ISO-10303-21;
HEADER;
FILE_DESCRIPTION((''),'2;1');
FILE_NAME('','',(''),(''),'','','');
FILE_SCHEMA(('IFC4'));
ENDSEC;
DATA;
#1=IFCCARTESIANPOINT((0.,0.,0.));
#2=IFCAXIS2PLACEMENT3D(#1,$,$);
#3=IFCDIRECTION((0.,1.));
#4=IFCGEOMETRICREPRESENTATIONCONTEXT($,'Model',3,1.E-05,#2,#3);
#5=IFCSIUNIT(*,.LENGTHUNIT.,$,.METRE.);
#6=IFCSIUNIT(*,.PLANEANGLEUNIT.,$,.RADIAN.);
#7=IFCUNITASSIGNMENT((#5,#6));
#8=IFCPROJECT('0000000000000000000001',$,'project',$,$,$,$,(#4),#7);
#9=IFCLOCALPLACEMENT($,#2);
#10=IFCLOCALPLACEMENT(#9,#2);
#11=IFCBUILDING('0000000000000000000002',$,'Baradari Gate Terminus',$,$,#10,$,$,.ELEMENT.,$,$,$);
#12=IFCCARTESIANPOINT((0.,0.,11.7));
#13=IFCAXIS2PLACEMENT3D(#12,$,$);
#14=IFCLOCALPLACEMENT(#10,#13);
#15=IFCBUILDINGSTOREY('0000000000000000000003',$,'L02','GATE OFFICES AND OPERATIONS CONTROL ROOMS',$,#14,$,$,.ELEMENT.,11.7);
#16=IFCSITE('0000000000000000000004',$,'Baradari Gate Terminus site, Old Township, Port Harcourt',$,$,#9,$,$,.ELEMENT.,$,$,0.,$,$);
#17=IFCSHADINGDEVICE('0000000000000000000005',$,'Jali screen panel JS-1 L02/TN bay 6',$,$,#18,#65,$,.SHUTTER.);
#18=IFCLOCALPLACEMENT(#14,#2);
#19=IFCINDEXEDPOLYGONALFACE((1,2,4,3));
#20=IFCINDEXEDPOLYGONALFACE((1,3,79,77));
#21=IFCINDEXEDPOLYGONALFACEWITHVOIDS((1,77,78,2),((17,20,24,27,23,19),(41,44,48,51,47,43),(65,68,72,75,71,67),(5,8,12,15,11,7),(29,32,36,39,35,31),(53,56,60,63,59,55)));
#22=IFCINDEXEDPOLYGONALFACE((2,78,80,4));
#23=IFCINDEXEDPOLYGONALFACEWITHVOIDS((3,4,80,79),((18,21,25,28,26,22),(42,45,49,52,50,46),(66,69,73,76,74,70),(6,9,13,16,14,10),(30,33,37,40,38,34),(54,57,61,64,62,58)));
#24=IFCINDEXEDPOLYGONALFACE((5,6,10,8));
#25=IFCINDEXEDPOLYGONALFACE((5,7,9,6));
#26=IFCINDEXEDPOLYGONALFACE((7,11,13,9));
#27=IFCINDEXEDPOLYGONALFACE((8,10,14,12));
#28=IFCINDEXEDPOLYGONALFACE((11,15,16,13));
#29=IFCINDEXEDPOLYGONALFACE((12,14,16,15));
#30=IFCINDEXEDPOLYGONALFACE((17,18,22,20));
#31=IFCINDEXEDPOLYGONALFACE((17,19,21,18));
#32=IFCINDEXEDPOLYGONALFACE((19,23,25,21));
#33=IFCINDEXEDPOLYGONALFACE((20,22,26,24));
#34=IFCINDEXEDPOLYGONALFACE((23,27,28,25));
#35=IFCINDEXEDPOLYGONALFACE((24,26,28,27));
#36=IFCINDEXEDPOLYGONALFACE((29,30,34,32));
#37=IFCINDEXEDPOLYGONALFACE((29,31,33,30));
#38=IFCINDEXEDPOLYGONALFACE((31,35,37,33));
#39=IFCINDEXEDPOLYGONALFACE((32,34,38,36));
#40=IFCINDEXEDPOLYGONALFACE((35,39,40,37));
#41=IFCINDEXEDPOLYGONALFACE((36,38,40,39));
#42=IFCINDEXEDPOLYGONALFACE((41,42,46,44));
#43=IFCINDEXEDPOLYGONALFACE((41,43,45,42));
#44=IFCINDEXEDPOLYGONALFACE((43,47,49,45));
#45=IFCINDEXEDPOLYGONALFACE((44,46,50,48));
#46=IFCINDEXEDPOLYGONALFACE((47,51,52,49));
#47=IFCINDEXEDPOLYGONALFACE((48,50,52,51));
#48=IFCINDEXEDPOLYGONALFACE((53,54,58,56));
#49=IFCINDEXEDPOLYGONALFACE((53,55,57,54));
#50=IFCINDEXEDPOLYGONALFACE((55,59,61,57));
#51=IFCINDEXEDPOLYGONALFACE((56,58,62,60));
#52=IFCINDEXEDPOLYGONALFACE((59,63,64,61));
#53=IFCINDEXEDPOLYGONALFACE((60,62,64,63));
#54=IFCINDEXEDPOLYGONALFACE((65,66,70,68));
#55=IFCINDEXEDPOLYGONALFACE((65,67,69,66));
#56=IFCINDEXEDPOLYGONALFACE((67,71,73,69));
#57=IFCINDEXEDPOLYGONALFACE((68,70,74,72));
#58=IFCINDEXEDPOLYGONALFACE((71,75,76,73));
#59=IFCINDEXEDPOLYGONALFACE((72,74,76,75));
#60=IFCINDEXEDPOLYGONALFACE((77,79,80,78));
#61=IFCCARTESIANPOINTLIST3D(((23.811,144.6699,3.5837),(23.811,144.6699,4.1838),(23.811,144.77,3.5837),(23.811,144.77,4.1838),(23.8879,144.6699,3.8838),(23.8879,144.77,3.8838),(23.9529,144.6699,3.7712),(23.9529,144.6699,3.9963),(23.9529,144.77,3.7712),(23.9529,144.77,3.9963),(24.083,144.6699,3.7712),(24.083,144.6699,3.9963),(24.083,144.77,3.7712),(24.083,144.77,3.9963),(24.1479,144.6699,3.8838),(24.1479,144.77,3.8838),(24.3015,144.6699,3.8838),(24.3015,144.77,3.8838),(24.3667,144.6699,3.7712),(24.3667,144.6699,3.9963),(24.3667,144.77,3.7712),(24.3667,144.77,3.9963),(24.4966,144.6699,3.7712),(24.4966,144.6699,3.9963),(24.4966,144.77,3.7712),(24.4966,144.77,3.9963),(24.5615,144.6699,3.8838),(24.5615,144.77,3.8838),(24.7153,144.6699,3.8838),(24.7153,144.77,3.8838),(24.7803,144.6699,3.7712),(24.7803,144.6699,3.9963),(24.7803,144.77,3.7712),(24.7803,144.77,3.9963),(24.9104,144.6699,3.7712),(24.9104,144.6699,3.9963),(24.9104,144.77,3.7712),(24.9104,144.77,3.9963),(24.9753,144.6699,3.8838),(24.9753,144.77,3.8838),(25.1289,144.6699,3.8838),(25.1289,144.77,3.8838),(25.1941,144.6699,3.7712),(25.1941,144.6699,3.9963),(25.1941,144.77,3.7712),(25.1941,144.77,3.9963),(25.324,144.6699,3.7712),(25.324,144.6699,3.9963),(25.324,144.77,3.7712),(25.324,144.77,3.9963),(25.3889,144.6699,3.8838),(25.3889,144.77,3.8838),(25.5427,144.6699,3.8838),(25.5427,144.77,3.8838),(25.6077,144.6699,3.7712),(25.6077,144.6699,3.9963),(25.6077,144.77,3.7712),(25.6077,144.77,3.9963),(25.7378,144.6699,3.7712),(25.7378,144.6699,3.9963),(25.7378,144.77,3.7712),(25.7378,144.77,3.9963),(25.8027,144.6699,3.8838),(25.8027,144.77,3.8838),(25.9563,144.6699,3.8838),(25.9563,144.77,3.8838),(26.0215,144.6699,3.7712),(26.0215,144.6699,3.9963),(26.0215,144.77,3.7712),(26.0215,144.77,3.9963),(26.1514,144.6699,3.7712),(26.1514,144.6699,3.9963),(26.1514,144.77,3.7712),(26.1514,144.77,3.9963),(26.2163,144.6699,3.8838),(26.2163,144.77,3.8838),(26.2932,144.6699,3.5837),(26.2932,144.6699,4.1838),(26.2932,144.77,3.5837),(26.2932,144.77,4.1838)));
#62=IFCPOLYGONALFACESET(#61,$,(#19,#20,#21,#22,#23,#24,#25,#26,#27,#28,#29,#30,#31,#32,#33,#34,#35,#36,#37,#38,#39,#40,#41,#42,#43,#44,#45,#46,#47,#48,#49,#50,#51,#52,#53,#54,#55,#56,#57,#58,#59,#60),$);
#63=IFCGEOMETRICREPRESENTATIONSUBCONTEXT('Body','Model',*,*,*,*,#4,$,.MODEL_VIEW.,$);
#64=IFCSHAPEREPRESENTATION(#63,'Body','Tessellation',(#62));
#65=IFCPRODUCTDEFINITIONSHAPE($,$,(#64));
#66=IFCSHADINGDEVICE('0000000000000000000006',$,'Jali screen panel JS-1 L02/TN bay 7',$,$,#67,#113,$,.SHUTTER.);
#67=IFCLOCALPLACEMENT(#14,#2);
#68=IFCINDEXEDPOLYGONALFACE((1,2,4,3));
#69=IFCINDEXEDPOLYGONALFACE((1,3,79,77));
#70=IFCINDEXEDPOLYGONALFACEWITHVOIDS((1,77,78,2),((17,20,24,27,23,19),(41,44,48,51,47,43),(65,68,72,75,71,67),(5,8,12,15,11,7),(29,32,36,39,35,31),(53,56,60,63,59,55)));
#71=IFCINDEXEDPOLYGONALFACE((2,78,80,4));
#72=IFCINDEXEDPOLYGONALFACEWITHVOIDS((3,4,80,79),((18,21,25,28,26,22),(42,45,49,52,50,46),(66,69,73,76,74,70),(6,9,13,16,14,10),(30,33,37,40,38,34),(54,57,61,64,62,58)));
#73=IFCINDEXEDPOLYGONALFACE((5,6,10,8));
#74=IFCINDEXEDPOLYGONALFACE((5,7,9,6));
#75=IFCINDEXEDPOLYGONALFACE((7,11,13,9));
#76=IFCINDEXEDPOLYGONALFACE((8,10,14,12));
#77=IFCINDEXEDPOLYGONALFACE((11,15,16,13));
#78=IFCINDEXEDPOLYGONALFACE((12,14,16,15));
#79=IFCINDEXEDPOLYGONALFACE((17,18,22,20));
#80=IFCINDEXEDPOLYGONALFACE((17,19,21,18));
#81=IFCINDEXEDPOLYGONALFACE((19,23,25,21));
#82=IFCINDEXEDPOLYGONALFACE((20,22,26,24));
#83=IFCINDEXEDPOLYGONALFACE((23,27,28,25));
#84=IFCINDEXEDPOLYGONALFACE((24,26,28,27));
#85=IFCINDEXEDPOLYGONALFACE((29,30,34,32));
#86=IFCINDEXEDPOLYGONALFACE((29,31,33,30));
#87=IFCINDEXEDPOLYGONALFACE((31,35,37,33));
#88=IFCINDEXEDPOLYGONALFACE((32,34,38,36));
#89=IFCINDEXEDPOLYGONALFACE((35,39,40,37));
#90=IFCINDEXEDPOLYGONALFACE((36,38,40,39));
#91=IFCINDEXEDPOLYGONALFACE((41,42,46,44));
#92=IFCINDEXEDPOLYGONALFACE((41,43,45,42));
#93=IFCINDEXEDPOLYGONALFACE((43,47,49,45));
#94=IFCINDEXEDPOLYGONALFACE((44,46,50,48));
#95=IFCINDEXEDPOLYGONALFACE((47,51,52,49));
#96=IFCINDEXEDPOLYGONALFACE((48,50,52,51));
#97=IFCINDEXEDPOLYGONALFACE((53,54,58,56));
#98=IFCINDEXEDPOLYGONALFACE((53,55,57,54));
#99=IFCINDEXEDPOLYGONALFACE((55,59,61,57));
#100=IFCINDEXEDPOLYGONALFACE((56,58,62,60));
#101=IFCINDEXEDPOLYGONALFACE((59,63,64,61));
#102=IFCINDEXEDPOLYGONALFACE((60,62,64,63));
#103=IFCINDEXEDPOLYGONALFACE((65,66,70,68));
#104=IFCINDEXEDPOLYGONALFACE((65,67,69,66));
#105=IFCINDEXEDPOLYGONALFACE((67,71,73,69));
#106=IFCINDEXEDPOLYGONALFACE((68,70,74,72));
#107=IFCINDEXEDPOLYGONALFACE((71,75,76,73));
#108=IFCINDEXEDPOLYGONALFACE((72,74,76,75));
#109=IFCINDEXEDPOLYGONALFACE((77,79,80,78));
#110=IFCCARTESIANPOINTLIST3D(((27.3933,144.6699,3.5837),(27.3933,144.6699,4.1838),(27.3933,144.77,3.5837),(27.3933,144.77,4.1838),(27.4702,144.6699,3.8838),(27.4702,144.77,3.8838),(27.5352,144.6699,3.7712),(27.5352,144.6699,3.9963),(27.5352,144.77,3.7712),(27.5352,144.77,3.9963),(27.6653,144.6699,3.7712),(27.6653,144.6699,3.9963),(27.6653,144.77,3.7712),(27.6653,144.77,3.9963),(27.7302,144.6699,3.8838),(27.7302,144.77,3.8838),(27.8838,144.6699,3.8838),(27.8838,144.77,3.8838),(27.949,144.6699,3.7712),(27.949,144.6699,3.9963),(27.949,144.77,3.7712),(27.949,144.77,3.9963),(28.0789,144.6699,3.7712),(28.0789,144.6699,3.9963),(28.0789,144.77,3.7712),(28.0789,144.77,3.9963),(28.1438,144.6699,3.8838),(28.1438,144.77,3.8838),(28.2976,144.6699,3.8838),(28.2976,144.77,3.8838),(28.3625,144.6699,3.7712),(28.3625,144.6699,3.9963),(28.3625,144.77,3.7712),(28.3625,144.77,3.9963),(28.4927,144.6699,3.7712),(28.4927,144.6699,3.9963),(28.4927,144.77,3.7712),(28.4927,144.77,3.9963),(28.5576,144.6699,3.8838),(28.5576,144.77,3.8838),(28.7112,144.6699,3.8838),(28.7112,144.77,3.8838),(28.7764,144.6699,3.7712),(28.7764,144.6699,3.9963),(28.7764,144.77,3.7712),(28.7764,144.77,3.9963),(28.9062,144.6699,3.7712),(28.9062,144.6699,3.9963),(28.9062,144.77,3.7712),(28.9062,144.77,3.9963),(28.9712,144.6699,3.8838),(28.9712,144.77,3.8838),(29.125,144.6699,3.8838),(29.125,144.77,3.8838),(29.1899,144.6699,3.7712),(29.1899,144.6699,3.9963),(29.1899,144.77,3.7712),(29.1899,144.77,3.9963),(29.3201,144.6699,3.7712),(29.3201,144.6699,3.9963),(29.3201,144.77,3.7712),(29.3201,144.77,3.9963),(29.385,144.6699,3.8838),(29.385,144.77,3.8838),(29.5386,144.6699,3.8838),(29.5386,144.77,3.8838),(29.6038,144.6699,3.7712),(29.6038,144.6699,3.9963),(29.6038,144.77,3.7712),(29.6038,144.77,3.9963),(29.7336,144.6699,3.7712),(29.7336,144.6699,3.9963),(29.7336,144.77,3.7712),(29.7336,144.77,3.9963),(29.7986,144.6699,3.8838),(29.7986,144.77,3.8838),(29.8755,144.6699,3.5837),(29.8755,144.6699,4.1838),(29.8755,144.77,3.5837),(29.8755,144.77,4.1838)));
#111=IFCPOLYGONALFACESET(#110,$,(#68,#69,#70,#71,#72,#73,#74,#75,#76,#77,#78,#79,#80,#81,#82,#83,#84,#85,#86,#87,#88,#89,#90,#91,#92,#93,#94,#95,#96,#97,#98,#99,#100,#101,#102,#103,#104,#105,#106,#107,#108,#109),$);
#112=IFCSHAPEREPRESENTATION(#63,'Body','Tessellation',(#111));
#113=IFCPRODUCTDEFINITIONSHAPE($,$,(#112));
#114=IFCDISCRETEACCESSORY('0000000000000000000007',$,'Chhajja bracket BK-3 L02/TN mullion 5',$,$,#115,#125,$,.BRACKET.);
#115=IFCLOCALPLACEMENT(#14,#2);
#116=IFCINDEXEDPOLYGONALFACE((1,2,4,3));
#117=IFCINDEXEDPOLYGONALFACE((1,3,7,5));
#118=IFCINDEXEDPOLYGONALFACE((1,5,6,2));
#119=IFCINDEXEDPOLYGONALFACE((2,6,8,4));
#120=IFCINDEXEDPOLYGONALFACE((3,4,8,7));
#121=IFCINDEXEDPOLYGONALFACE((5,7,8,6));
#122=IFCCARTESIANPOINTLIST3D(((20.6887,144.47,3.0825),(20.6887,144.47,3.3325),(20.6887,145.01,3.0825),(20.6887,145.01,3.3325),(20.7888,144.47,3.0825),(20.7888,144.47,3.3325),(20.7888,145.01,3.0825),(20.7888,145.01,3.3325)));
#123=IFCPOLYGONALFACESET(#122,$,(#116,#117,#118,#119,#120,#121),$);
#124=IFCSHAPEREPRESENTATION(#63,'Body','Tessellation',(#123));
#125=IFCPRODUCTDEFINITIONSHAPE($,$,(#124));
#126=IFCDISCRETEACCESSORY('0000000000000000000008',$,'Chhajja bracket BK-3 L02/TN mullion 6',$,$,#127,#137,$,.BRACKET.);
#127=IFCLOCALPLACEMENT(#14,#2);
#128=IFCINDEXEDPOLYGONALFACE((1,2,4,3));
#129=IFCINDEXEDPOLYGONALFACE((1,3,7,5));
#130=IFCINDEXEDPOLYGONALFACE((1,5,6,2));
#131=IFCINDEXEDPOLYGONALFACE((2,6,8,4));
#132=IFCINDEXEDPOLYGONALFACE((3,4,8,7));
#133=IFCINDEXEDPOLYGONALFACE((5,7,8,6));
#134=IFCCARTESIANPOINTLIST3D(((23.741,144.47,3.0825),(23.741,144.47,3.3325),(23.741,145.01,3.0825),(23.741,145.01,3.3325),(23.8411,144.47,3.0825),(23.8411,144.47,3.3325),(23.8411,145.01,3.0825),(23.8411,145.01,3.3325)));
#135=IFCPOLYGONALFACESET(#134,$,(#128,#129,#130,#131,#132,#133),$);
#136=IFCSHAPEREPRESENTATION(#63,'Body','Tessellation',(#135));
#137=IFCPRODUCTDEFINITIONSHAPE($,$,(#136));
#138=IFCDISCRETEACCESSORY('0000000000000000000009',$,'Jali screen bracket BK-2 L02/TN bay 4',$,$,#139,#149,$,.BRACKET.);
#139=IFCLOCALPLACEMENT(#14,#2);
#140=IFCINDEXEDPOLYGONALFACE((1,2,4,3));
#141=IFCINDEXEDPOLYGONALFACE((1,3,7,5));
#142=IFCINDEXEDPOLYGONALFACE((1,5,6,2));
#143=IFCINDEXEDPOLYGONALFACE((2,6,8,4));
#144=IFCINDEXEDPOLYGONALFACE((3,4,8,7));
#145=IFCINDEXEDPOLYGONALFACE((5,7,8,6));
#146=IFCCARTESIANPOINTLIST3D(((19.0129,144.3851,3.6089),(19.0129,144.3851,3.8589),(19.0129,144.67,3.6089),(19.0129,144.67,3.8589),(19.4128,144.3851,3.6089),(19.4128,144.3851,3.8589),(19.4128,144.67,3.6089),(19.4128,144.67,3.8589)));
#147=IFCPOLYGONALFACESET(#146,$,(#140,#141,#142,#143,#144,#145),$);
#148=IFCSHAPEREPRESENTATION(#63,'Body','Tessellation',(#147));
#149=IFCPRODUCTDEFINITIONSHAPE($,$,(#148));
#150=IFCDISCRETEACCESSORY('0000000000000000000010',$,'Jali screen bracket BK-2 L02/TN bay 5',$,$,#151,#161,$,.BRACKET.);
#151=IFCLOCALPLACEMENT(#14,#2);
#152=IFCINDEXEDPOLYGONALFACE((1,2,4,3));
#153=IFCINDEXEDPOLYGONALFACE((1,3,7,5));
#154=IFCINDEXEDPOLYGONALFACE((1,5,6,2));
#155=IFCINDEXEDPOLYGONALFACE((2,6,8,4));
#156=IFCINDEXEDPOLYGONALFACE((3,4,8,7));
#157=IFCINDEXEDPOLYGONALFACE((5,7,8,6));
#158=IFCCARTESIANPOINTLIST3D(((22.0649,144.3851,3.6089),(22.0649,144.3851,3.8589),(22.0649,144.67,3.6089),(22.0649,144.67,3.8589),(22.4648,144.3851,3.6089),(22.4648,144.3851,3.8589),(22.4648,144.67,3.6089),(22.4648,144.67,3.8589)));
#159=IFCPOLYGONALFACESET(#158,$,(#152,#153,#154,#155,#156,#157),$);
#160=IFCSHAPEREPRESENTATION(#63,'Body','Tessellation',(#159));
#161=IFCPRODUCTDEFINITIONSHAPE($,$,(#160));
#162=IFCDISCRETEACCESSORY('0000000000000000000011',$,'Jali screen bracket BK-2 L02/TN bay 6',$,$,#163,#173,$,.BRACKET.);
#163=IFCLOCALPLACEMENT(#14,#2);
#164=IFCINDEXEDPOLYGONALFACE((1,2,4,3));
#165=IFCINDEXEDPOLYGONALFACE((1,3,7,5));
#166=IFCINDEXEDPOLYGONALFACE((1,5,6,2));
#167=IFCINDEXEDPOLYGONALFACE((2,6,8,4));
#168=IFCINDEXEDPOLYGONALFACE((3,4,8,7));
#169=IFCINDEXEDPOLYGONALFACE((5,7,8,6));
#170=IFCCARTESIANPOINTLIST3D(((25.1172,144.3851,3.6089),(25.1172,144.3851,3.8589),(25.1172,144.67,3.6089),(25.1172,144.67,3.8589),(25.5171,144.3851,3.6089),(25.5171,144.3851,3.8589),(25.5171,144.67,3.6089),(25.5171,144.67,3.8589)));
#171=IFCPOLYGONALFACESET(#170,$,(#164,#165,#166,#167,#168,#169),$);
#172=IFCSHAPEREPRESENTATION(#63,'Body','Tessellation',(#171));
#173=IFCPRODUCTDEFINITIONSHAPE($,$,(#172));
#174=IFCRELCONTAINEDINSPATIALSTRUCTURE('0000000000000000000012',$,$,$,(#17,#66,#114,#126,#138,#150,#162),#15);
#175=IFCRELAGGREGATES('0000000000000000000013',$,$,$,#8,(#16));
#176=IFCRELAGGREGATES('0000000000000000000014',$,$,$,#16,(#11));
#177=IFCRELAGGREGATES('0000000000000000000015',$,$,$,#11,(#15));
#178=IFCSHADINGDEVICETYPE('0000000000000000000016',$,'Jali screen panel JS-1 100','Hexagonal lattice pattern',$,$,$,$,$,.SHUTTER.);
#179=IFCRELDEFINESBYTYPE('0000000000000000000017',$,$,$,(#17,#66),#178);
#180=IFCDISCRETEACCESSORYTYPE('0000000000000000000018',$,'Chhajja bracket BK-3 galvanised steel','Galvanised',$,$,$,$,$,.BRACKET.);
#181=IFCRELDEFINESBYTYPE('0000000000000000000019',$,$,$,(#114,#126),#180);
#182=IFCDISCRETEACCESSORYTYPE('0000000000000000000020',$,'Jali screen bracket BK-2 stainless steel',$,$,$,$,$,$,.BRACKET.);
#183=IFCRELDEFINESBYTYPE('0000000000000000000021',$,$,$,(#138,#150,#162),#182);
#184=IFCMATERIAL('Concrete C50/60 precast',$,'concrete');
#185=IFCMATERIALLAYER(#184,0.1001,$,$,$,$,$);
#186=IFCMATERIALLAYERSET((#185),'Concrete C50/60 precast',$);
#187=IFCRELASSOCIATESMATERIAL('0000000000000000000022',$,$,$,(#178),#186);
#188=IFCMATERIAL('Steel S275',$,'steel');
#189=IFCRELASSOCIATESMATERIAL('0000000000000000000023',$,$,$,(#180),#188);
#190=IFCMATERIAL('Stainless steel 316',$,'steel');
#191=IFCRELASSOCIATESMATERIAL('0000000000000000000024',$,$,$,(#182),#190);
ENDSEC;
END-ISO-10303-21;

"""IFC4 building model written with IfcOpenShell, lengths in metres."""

from ifc_helpers import new_model, si_unit, direction, frame, origin, origin_2d, place, context, subcontext, project, spatial, polyline, rectangle, outline, extrude, material, layer, layer_set, type_object, element, save


model = new_model("IFC4")

# Units and contexts
model_context = context("Model", 3, precision=1e-05, world=origin(), true_north=direction((0.0, 1.0)))
body_context = subcontext(model_context, "Body", "Model", "MODEL_VIEW")
ifc_project = project(units=[si_unit("LENGTHUNIT", "METRE"), si_unit("PLANEANGLEUNIT", "RADIAN")], contexts=[model_context])

# Site, building, storey
site_placement = place(None, origin())
site = spatial("IfcSite", under=ifc_project, at=site_placement, Name="Baradari Gate Terminus site, Old Township, Port Harcourt", CompositionType="ELEMENT", RefElevation=0.0)
building_placement = place(site_placement, origin())
building = spatial("IfcBuilding", under=site, at=building_placement, Name="Baradari Gate Terminus", CompositionType="ELEMENT")
storey_placement = place(building_placement, frame((0.0, 0.0, 11.7)))
storey = spatial("IfcBuildingStorey", under=building, at=storey_placement, Name="L02", Description="GATE OFFICES AND OPERATIONS CONTROL ROOMS", CompositionType="ELEMENT", Elevation=11.7)

# Shading devices
ifc_material_1 = material(Name="Concrete C50/60 precast", Category="concrete")
ifc_layer_1 = layer(ifc_material_1, 0.1001)
ifc_layer_set_1 = layer_set([ifc_layer_1], Name="Concrete C50/60 precast")
shading_device_type_1 = type_object("IfcShadingDeviceType", Name="Jali screen panel JS-1 100", Description="Hexagonal lattice pattern", PredefinedType="SHUTTER", material=ifc_layer_set_1)
for number, where, z_axis, x_axis, name in (
    (1, (23.811, 144.72, 3.5837), (0.0, 0.0, 1.0), (1.0, 0.0, 0.0), "Jali screen panel JS-1 L02/TN bay 6"),
    (2, (27.3933, 144.72, 3.5837), (0.0, 0.0, 1.0), (1.0, 0.0, 0.0), "Jali screen panel JS-1 L02/TN bay 7"),
):
    element("IfcShadingDevice", number, at=place(storey_placement, frame(where, z_axis=z_axis, x_axis=x_axis)), inside=storey, type_object=shading_device_type_1, Name=name, PredefinedType="SHUTTER", context=body_context, shape_type="SweptSolid", body=[
        extrude(outline(polyline([(0.0, 0.0), (2.4822, 0.0), (2.4822, 0.6001), (0.0, 0.6001), (0.0, 0.0)]), holes=[polyline([(0.3369, 0.3), (0.272, 0.1875), (0.1418, 0.1875), (0.0769, 0.3), (0.1418, 0.4126), (0.272, 0.4126), (0.3369, 0.3)]), polyline([(0.7505, 0.3), (0.6855, 0.1875), (0.5557, 0.1875), (0.4905, 0.3), (0.5557, 0.4126), (0.6855, 0.4126), (0.7505, 0.3)]), polyline([(1.1643, 0.3), (1.0994, 0.1875), (0.9692, 0.1875), (0.9043, 0.3), (0.9692, 0.4126), (1.0994, 0.4126), (1.1643, 0.3)]), polyline([(1.5779, 0.3), (1.5129, 0.1875), (1.3831, 0.1875), (1.3179, 0.3), (1.3831, 0.4126), (1.5129, 0.4126), (1.5779, 0.3)]), polyline([(1.9917, 0.3), (1.9268, 0.1875), (1.7966, 0.1875), (1.7317, 0.3), (1.7966, 0.4126), (1.9268, 0.4126), (1.9917, 0.3)]), polyline([(2.4053, 0.3), (2.3403, 0.1875), (2.2104, 0.1875), (2.1453, 0.3), (2.2104, 0.4126), (2.3403, 0.4126), (2.4053, 0.3)])]), frame((0.0, 0.05, 0.0), z_axis=(0.0, -1.0, 0.0), x_axis=(1.0, 0.0, 0.0)), (0.0, 0.0, 1.0), 0.1001),
    ])

# Discrete accessories
ifc_material_2 = material(Name="Steel S275", Category="steel")
discrete_accessory_type_1 = type_object("IfcDiscreteAccessoryType", Name="Chhajja bracket BK-3 galvanised steel", Description="Galvanised", PredefinedType="BRACKET", material=ifc_material_2)
for number, where, z_axis, x_axis, name in (
    (3, (20.7388, 144.74, 3.0825), (0.0, 0.0, 1.0), (0.0, 1.0, 0.0), "Chhajja bracket BK-3 L02/TN mullion 5"),
    (4, (23.791, 144.74, 3.0825), (0.0, 0.0, 1.0), (0.0, 1.0, 0.0), "Chhajja bracket BK-3 L02/TN mullion 6"),
):
    element("IfcDiscreteAccessory", number, at=place(storey_placement, frame(where, z_axis=z_axis, x_axis=x_axis)), inside=storey, type_object=discrete_accessory_type_1, Name=name, PredefinedType="BRACKET", context=body_context, shape_type="SweptSolid", body=[
        extrude(rectangle(XDim=0.54, YDim=0.1001, at=origin_2d()), origin(), (0.0, 0.0, 1.0), 0.25),
    ])
ifc_material_3 = material(Name="Stainless steel 316", Category="steel")
discrete_accessory_type_2 = type_object("IfcDiscreteAccessoryType", Name="Jali screen bracket BK-2 stainless steel", PredefinedType="BRACKET", material=ifc_material_3)
for number, where, z_axis, x_axis, name in (
    (5, (19.2129, 144.5276, 3.6089), (0.0, 0.0, 1.0), (0.0, 1.0, 0.0), "Jali screen bracket BK-2 L02/TN bay 4"),
    (6, (22.2649, 144.5276, 3.6089), (0.0, 0.0, 1.0), (0.0, 1.0, 0.0), "Jali screen bracket BK-2 L02/TN bay 5"),
    (7, (25.3171, 144.5276, 3.6089), (0.0, 0.0, 1.0), (0.0, 1.0, 0.0), "Jali screen bracket BK-2 L02/TN bay 6"),
):
    element("IfcDiscreteAccessory", number, at=place(storey_placement, frame(where, z_axis=z_axis, x_axis=x_axis)), inside=storey, type_object=discrete_accessory_type_2, Name=name, PredefinedType="BRACKET", context=body_context, shape_type="SweptSolid", body=[
        extrude(rectangle(XDim=0.2849, YDim=0.3999, at=origin_2d()), origin(), (0.0, 0.0, 1.0), 0.25),
    ])

save(model, "model.ifc")
